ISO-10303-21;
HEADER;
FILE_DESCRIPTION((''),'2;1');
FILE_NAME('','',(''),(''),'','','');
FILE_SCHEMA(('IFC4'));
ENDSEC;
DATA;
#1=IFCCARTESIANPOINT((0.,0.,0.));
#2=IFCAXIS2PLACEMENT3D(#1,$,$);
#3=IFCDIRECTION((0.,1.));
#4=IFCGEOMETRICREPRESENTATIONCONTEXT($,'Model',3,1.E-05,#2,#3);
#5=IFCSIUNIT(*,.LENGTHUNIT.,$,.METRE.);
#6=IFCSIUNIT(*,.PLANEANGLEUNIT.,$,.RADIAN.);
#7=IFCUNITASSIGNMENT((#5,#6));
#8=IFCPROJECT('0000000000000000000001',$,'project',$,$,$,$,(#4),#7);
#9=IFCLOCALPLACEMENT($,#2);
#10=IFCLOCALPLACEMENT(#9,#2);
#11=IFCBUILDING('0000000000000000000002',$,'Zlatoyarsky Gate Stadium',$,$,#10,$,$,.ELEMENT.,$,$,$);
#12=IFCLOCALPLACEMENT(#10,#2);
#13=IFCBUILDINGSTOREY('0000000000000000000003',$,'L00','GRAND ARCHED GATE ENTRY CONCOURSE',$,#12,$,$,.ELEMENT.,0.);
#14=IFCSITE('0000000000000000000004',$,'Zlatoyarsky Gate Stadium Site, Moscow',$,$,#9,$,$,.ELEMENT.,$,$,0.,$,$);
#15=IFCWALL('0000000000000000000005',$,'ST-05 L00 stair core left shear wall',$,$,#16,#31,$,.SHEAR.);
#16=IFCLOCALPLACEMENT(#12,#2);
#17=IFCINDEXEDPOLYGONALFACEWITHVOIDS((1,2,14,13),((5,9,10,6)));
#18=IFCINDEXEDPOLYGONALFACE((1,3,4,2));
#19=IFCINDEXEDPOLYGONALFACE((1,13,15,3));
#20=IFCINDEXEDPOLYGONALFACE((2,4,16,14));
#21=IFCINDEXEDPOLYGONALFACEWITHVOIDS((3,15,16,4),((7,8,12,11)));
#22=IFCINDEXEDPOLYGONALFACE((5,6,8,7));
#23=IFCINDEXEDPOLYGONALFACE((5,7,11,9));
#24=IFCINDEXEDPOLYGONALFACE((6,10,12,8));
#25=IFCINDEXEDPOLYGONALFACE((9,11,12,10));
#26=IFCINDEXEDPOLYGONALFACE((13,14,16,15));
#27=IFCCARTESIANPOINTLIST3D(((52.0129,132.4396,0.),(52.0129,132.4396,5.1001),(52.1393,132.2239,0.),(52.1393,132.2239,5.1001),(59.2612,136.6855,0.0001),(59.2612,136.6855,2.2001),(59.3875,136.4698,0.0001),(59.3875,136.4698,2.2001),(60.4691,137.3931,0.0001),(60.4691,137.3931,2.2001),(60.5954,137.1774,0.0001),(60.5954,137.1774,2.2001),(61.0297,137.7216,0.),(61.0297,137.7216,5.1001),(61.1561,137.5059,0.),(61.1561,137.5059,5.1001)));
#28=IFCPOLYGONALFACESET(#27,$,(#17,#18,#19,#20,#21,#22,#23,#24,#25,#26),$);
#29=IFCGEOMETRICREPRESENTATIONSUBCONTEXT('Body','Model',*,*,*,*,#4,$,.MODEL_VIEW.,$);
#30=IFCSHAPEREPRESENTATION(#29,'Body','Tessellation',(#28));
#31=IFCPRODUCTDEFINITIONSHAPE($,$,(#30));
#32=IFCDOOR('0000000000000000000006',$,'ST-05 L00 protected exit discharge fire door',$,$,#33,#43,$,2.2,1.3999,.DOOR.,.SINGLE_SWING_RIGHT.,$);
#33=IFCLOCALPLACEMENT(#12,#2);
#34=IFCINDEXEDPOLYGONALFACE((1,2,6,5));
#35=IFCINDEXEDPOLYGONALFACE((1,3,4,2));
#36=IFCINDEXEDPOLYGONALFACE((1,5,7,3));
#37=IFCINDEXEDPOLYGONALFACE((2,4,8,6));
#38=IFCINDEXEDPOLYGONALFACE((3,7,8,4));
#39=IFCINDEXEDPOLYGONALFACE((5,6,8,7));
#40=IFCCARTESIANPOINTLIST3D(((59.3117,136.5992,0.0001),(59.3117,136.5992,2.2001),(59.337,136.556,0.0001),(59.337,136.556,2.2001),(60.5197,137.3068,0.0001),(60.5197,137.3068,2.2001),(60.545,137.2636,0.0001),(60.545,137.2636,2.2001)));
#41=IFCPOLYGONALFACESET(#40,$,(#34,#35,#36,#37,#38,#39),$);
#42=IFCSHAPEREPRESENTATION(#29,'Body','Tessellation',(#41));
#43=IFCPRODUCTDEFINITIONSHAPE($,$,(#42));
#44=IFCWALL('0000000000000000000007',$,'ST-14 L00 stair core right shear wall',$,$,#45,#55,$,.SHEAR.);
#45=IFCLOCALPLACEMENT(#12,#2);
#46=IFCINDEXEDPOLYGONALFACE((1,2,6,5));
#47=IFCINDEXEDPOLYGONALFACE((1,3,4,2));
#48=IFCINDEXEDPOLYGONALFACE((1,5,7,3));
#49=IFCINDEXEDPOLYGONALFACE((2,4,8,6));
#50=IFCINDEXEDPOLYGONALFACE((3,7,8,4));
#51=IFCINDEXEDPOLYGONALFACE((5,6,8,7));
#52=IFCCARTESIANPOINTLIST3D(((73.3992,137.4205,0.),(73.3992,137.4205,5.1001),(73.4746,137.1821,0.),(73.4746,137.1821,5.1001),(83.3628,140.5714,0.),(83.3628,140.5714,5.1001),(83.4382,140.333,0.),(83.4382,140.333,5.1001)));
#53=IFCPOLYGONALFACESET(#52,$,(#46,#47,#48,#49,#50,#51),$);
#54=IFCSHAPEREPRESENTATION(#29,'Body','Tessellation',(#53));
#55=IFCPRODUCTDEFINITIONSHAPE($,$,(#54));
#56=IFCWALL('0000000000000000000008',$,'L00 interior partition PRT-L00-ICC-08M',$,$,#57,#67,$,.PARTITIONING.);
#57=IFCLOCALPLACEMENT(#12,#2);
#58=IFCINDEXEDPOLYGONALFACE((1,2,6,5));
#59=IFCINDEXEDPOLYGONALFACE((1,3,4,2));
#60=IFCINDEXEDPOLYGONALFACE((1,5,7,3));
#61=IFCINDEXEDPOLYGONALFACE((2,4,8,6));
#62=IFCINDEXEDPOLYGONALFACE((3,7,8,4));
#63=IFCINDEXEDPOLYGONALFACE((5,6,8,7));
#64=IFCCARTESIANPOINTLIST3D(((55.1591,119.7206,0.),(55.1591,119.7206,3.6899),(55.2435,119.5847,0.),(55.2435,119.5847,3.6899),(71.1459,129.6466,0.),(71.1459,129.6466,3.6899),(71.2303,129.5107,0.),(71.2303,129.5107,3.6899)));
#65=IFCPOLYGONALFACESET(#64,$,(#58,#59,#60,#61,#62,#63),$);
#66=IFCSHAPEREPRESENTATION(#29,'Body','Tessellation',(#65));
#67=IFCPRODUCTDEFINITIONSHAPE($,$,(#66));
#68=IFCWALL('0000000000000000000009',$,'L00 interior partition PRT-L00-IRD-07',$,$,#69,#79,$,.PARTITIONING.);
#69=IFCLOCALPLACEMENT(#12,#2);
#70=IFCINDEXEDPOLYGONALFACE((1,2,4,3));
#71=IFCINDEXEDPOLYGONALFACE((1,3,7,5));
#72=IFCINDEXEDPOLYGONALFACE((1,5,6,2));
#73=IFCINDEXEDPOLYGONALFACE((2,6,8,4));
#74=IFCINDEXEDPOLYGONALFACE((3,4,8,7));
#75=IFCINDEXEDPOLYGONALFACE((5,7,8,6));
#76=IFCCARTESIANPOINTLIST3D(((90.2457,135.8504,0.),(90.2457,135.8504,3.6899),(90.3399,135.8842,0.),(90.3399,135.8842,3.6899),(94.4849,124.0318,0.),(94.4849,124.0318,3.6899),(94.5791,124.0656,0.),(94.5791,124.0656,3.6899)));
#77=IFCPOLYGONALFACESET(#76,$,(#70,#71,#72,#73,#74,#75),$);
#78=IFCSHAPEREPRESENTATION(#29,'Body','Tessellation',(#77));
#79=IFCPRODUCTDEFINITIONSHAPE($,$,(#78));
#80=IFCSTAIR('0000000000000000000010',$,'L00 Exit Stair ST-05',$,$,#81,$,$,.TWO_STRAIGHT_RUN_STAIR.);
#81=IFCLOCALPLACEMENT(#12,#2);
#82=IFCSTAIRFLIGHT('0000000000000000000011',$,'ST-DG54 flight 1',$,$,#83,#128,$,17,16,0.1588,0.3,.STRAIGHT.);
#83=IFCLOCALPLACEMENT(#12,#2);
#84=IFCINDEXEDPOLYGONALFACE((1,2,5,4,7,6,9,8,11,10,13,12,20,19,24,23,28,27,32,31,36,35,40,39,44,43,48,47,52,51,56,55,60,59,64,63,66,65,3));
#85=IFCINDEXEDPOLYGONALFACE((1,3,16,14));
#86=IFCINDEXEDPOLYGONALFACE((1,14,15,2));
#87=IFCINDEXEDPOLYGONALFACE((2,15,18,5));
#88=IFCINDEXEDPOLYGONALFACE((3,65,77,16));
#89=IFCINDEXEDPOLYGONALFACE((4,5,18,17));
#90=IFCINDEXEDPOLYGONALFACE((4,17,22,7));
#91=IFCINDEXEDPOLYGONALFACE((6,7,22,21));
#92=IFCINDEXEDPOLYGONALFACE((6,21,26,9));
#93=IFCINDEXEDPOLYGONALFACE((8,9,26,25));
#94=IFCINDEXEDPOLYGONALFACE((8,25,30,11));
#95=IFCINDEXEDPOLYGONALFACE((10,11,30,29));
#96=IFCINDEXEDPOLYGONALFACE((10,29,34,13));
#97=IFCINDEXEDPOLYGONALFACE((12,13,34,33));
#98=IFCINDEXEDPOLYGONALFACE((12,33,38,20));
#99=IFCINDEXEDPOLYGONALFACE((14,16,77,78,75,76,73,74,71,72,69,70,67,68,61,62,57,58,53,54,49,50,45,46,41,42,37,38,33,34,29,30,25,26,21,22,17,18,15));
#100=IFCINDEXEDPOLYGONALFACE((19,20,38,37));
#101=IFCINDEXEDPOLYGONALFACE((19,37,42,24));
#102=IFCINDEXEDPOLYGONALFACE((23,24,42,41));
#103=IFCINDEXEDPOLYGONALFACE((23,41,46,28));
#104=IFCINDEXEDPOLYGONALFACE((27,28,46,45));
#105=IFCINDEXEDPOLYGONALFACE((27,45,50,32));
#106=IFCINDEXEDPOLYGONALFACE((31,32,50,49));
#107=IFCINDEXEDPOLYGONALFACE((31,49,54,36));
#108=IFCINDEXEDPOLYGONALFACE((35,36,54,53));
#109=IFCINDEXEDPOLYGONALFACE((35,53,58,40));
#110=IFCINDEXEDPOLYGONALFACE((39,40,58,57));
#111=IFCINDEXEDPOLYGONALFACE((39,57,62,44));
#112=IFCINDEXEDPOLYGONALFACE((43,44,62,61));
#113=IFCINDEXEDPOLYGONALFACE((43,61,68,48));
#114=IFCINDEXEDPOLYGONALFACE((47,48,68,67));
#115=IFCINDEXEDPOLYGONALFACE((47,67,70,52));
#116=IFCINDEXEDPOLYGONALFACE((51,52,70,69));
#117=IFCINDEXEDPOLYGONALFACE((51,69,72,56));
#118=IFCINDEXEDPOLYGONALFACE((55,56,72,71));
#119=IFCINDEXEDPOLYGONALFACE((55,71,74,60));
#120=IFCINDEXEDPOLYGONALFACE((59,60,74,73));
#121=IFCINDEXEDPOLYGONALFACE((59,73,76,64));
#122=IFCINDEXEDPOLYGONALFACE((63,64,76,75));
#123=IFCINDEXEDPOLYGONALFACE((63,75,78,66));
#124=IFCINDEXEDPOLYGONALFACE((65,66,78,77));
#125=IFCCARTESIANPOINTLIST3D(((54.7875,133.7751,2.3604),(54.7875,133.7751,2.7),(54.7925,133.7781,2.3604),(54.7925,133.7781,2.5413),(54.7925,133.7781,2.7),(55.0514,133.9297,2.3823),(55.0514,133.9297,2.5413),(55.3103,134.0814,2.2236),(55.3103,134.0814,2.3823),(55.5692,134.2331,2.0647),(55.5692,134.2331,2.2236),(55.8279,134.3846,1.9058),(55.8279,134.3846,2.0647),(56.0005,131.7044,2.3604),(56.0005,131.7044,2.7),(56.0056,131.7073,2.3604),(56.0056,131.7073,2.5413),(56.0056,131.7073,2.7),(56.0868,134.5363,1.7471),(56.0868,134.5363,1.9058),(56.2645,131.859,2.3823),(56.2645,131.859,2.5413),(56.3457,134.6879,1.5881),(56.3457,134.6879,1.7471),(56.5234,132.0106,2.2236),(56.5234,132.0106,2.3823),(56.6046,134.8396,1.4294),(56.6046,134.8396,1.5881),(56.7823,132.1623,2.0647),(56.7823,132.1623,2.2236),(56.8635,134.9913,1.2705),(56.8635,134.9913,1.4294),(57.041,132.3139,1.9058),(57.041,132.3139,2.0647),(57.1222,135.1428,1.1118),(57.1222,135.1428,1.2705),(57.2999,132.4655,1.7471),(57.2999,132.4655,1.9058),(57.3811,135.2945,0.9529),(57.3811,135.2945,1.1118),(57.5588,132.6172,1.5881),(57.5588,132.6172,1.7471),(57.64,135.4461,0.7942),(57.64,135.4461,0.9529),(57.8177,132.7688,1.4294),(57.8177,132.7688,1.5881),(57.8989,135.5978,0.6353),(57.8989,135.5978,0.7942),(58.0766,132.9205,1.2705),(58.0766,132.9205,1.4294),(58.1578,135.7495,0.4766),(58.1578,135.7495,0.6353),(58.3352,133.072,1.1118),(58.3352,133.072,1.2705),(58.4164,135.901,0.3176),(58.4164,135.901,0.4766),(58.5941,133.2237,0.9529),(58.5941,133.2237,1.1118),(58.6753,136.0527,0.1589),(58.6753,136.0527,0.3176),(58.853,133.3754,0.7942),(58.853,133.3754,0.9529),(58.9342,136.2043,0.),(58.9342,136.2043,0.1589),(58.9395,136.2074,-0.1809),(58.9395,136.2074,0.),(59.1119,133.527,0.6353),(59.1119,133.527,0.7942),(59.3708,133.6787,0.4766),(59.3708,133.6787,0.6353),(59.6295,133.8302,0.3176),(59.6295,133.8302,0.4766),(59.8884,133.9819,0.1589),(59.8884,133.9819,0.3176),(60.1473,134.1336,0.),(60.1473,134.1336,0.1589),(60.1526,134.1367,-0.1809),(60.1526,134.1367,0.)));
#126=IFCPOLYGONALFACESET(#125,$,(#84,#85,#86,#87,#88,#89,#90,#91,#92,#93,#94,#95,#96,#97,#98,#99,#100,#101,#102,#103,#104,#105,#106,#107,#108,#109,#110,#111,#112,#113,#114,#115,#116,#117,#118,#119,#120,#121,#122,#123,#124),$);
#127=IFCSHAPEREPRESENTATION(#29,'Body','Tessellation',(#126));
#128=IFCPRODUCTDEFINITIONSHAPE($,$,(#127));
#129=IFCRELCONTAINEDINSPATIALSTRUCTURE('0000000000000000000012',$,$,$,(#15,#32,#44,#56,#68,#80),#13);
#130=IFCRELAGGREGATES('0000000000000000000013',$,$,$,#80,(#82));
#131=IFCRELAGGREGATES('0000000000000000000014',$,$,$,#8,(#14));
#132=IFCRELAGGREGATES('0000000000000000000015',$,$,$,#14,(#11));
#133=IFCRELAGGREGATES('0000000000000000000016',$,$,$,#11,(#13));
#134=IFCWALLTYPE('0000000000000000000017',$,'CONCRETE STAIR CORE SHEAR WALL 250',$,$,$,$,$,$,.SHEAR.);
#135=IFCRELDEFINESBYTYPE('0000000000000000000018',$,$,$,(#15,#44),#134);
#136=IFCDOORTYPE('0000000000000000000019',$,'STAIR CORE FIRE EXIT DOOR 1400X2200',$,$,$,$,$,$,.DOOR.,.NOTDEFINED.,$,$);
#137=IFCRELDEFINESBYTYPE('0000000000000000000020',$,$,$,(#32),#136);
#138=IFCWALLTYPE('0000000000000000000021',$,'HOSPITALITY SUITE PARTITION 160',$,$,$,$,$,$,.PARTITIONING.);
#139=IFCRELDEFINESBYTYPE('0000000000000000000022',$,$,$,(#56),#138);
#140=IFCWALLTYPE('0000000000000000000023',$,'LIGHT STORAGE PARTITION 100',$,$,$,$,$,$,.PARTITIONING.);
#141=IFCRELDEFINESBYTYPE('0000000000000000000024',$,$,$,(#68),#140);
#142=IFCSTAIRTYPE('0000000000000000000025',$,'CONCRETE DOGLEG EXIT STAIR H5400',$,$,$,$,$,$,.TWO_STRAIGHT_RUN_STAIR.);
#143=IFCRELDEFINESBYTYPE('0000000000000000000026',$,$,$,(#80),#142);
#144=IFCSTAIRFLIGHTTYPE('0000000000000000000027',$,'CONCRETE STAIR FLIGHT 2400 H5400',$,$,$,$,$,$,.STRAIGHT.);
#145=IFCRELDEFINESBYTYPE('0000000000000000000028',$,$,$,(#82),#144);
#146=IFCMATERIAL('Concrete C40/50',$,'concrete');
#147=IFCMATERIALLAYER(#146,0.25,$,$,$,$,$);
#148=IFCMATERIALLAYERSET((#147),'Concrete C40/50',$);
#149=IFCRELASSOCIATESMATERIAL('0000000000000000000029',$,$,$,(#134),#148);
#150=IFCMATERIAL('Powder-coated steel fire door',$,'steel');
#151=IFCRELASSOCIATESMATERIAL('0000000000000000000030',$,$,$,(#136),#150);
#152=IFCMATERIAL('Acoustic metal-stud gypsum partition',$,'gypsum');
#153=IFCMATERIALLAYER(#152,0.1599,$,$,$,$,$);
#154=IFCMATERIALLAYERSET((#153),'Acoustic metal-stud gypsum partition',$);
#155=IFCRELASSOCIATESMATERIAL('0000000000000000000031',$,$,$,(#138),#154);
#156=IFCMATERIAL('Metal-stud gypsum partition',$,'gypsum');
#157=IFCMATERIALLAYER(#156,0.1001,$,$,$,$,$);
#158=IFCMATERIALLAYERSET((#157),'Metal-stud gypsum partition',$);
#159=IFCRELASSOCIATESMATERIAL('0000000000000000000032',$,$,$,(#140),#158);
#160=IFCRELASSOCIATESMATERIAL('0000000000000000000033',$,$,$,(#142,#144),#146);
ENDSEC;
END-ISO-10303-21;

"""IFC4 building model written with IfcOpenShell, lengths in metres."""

from ifc_helpers import new_model, si_unit, direction, frame, frame_2d, origin, place, context, subcontext, project, spatial, polyline, rectangle, outline, extrude, material, layer, layer_set, type_object, element, fill, aggregate, save


model = new_model("IFC4")

# Units and contexts
model_context = context("Model", 3, precision=1e-05, world=origin(), true_north=direction((0.0, 1.0)))
body_context = subcontext(model_context, "Body", "Model", "MODEL_VIEW")
ifc_project = project(units=[si_unit("LENGTHUNIT", "METRE"), si_unit("PLANEANGLEUNIT", "RADIAN")], contexts=[model_context])

# Site, building, storey
site_placement = place(None, origin())
site = spatial("IfcSite", under=ifc_project, at=site_placement, Name="Zlatoyarsky Gate Stadium Site, Moscow", CompositionType="ELEMENT", RefElevation=0.0)
building_placement = place(site_placement, origin())
building = spatial("IfcBuilding", under=site, at=building_placement, Name="Zlatoyarsky Gate Stadium", CompositionType="ELEMENT")
storey_placement = place(building_placement, origin())
storey = spatial("IfcBuildingStorey", under=building, at=storey_placement, Name="L00", Description="GRAND ARCHED GATE ENTRY CONCOURSE", CompositionType="ELEMENT", Elevation=0.0)

# Shared definitions
ifc_material_1 = material(Name="Concrete C40/50", Category="concrete")

# Shared definitions
ifc_material_2 = material(Name="Powder-coated steel fire door", Category="steel")

# Shared definitions
ifc_layer_1 = layer(ifc_material_1, 0.25)
ifc_layer_set_1 = layer_set([ifc_layer_1], Name="Concrete C40/50")
wall_type_1 = type_object("IfcWallType", Name="CONCRETE STAIR CORE SHEAR WALL 250", PredefinedType="SHEAR", material=ifc_layer_set_1)

# Wall, opening, door
wall_1_placement = place(storey_placement, frame((61.093, 137.6138, 0.0), z_axis=(0.0, 0.0, 1.0), x_axis=(-0.862855, -0.505452, 0.0)))
wall_1 = element("IfcWall", 1, at=wall_1_placement, inside=storey, type_object=wall_type_1, Name="ST-05 L00 stair core left shear wall", PredefinedType="SHEAR", context=body_context, shape_type="SweptSolid", body=[
    extrude(rectangle(XDim=10.45, YDim=0.25, at=frame_2d((5.2251, 0.0))), origin(), (0.0, 0.0, 1.0), 5.1001),
])
opening_1_placement = place(wall_1_placement, frame((0.6499, 0.0, 0.0)))
opening_1 = element("IfcOpeningElement", 2, at=opening_1_placement, cuts=wall_1, PredefinedType="OPENING", context=body_context, shape_type="SweptSolid", body=[
    extrude(rectangle(XDim=1.3999, YDim=2.2, at=frame_2d((0.7, 1.1001))), frame((0.0, 0.135, 0.0), z_axis=(0.0, -1.0, 0.0), x_axis=(1.0, 0.0, 0.0)), (0.0, 0.0, 1.0), 0.27),
])
door_type_1 = type_object("IfcDoorType", Name="STAIR CORE FIRE EXIT DOOR 1400X2200", OperationType="NOTDEFINED", PredefinedType="DOOR", material=ifc_material_2)
door_1_placement = place(opening_1_placement, frame((1.3999, 0.0, 0.0), z_axis=(0.0, 0.0, 1.0), x_axis=(-1.0, 0.0, 0.0)))
door_1 = element("IfcDoor", 3, at=door_1_placement, inside=storey, type_object=door_type_1, Name="ST-05 L00 protected exit discharge fire door", OperationType="SINGLE_SWING_RIGHT", OverallHeight=2.2, OverallWidth=1.3999, PredefinedType="DOOR", context=body_context, shape_type="SweptSolid", body=[
    extrude(rectangle(XDim=1.3999, YDim=2.2, at=frame_2d((0.7, 1.1001))), frame((0.0, 0.0249, 0.0), z_axis=(0.0, -1.0, 0.0), x_axis=(1.0, 0.0, 0.0)), (0.0, 0.0, 1.0), 0.05),
])
fill(opening_1, door_1)

# Walls
wall_2_placement = place(storey_placement, frame((73.4368, 137.3013, 0.0), z_axis=(0.0, 0.0, 1.0), x_axis=(0.95346, 0.30152, 0.0)))
element("IfcWall", 4, at=wall_2_placement, inside=storey, type_object=wall_type_1, Name="ST-14 L00 stair core right shear wall", PredefinedType="SHEAR", context=body_context, shape_type="SweptSolid", body=[
    extrude(rectangle(XDim=10.45, YDim=0.25, at=frame_2d((5.2251, 0.0))), origin(), (0.0, 0.0, 1.0), 5.1001),
])
ifc_material_3 = material(Name="Acoustic metal-stud gypsum partition", Category="gypsum")
ifc_layer_2 = layer(ifc_material_3, 0.1599)
ifc_layer_set_2 = layer_set([ifc_layer_2], Name="Acoustic metal-stud gypsum partition")
wall_type_2 = type_object("IfcWallType", Name="HOSPITALITY SUITE PARTITION 160", PredefinedType="PARTITIONING", material=ifc_layer_set_2)
wall_3_placement = place(storey_placement, frame((71.188, 129.5786, 0.0), z_axis=(0.0, 0.0, 1.0), x_axis=(-0.849565, -0.527485, 0.0)))
element("IfcWall", 5, at=wall_3_placement, inside=storey, type_object=wall_type_2, Name="L00 interior partition PRT-L00-ICC-08M", PredefinedType="PARTITIONING", context=body_context, shape_type="SweptSolid", body=[
    extrude(rectangle(XDim=18.8176, YDim=0.1599, at=frame_2d((9.4087, 0.0))), origin(), (0.0, 0.0, 1.0), 3.6899),
])
ifc_material_4 = material(Name="Metal-stud gypsum partition", Category="gypsum")
ifc_layer_3 = layer(ifc_material_4, 0.1001)
ifc_layer_set_3 = layer_set([ifc_layer_3], Name="Metal-stud gypsum partition")
wall_type_3 = type_object("IfcWallType", Name="LIGHT STORAGE PARTITION 100", PredefinedType="PARTITIONING", material=ifc_layer_set_3)
wall_4_placement = place(storey_placement, frame((94.532, 124.0488, 0.0), z_axis=(0.0, 0.0, 1.0), x_axis=(-0.337631, 0.941279, 0.0)))
element("IfcWall", 6, at=wall_4_placement, inside=storey, type_object=wall_type_3, Name="L00 interior partition PRT-L00-IRD-07", PredefinedType="PARTITIONING", context=body_context, shape_type="SweptSolid", body=[
    extrude(rectangle(XDim=12.5559, YDim=0.1001, at=frame_2d((6.2778, 0.0))), origin(), (0.0, 0.0, 1.0), 3.6899),
])

# Stair, stair flight
stair_type = type_object("IfcStairType", Name="CONCRETE DOGLEG EXIT STAIR H5400", PredefinedType="TWO_STRAIGHT_RUN_STAIR", material=ifc_material_1)
stair_placement = place(storey_placement, origin())
stair = element("IfcStair", 7, at=stair_placement, inside=storey, type_object=stair_type, Name="L00 Exit Stair ST-05", PredefinedType="TWO_STRAIGHT_RUN_STAIR")
stair_flight_type = type_object("IfcStairFlightType", Name="CONCRETE STAIR FLIGHT 2400 H5400", PredefinedType="STRAIGHT", material=ifc_material_1)
stair_flight_placement = place(storey_placement, frame((59.5408, 135.1689, 0.0), z_axis=(0.0, 0.0, 1.0), x_axis=(-0.862848, -0.505463, 0.0)))
stair_flight = element("IfcStairFlight", 8, at=stair_flight_placement, type_object=stair_flight_type, Name="ST-DG54 flight 1", NumberOfRisers=17, NumberOfTreads=16, PredefinedType="STRAIGHT", RiserHeight=0.1588, TreadLength=0.3, context=body_context, shape_type="SweptSolid", body=[
    extrude(outline(polyline([(-0.0061, -0.1809), (-0.0061, 0.0), (0.0, 0.0), (0.0, 0.1589), (0.3, 0.1589), (0.3, 0.3176), (0.6001, 0.3176), (0.6001, 0.4766), (0.8999, 0.4766), (0.8999, 0.6353), (1.2, 0.6353), (1.2, 0.7942), (1.5, 0.7942), (1.5, 0.9529), (1.8, 0.9529), (1.8, 1.1118), (2.1001, 1.1118), (2.1001, 1.2705), (2.3999, 1.2705), (2.3999, 1.4294), (2.7, 1.4294), (2.7, 1.5881), (3.0, 1.5881), (3.0, 1.7471), (3.3, 1.7471), (3.3, 1.9058), (3.6001, 1.9058), (3.6001, 2.0647), (3.8999, 2.0647), (3.8999, 2.2236), (4.2, 2.2236), (4.2, 2.3823), (4.5, 2.3823), (4.5, 2.5413), (4.8, 2.5413), (4.8, 2.7), (4.8059, 2.7), (4.8059, 2.3604), (4.8, 2.3604), (-0.0061, -0.1809)])), frame((0.0, 1.2, 0.0), z_axis=(0.0, -1.0, 0.0), x_axis=(1.0, 0.0, 0.0)), (0.0, 0.0, 1.0), 2.3999),
])
aggregate(stair, [stair_flight])

save(model, "model.ifc")
